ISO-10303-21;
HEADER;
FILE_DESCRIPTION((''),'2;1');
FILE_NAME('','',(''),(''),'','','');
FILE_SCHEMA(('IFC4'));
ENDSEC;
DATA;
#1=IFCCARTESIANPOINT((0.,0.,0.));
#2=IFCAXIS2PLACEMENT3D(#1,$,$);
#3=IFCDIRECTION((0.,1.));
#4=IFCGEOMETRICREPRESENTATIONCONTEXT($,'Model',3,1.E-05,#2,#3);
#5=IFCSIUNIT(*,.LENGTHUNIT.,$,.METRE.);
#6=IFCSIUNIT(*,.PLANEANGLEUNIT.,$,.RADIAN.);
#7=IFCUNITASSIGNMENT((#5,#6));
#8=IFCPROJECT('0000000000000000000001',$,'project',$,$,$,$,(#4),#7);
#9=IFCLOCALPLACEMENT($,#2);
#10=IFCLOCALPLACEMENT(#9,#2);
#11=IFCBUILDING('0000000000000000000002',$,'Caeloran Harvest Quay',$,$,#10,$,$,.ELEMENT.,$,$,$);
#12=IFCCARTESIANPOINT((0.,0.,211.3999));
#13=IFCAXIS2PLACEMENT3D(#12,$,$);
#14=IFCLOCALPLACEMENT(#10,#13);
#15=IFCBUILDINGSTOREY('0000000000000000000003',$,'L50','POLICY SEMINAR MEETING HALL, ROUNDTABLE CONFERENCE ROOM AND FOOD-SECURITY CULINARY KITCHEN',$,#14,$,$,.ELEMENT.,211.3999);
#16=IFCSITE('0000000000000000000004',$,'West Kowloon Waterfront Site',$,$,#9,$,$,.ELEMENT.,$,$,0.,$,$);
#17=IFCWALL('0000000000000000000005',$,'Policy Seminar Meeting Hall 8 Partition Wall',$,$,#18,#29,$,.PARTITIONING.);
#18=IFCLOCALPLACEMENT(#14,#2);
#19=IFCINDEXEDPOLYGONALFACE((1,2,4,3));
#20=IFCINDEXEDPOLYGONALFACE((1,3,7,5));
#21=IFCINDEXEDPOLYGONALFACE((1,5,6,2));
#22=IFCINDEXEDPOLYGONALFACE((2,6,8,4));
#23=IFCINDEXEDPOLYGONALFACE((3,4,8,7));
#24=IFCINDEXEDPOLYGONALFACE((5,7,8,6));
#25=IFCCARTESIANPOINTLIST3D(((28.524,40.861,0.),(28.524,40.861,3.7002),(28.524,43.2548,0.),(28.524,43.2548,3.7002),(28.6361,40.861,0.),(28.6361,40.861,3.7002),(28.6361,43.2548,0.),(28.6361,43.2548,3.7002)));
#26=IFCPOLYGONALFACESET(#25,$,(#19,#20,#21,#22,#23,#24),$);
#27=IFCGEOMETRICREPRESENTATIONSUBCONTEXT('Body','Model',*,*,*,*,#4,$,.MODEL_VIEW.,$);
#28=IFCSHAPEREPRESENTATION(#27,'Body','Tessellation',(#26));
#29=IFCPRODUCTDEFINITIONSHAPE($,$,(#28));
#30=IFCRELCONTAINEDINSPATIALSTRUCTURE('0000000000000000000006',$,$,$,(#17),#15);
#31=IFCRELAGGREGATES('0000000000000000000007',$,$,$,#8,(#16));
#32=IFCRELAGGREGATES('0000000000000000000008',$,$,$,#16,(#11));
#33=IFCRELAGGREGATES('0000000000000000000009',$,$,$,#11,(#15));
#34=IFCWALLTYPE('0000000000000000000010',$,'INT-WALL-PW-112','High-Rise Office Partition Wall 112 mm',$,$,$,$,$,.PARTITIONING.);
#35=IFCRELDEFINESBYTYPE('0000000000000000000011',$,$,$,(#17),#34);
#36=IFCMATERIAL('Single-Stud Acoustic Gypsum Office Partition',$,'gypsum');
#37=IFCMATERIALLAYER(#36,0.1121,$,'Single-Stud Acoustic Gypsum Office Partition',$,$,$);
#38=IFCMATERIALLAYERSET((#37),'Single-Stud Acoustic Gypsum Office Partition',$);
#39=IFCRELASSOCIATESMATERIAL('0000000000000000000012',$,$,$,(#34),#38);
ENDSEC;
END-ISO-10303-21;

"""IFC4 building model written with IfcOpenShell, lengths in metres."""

from ifc_helpers import new_model, si_unit, direction, frame, frame_2d, origin, place, context, subcontext, project, spatial, rectangle, extrude, material, layer, layer_set, type_object, element, save


model = new_model("IFC4")

# Units and contexts
model_context = context("Model", 3, precision=1e-05, world=origin(), true_north=direction((0.0, 1.0)))
body_context = subcontext(model_context, "Body", "Model", "MODEL_VIEW")
ifc_project = project(units=[si_unit("LENGTHUNIT", "METRE"), si_unit("PLANEANGLEUNIT", "RADIAN")], contexts=[model_context])

# Site, building, storey
site_placement = place(None, origin())
site = spatial("IfcSite", under=ifc_project, at=site_placement, Name="West Kowloon Waterfront Site", CompositionType="ELEMENT", RefElevation=0.0)
building_placement = place(site_placement, origin())
building = spatial("IfcBuilding", under=site, at=building_placement, Name="Caeloran Harvest Quay", CompositionType="ELEMENT")
storey_placement = place(building_placement, frame((0.0, 0.0, 211.3999)))
storey = spatial("IfcBuildingStorey", under=building, at=storey_placement, Name="L50", Description="POLICY SEMINAR MEETING HALL, ROUNDTABLE CONFERENCE ROOM AND FOOD-SECURITY CULINARY KITCHEN", CompositionType="ELEMENT", Elevation=211.3999)

# Shared definitions
ifc_material_1 = material(Name="Single-Stud Acoustic Gypsum Office Partition", Category="gypsum")
ifc_layer = layer(ifc_material_1, 0.1121, Name="Single-Stud Acoustic Gypsum Office Partition")
ifc_layer_set = layer_set([ifc_layer], Name="Single-Stud Acoustic Gypsum Office Partition")
wall_type = type_object("IfcWallType", Name="INT-WALL-PW-112", Description="High-Rise Office Partition Wall 112 mm", PredefinedType="PARTITIONING", material=ifc_layer_set)

# Wall
wall_1_placement = place(storey_placement, frame((28.5801, 40.8611, 0.0), z_axis=(0.0, 0.0, 1.0), x_axis=(0.0, 1.0, 0.0)))
element("IfcWall", 1, at=wall_1_placement, inside=storey, type_object=wall_type, Name="Policy Seminar Meeting Hall 8 Partition Wall", PredefinedType="PARTITIONING", context=body_context, shape_type="SweptSolid", body=[
    extrude(rectangle(XDim=2.3938, YDim=0.1121, at=frame_2d((1.1968, 0.0))), origin(), (0.0, 0.0, 1.0), 3.7002),
])

save(model, "model.ifc")
